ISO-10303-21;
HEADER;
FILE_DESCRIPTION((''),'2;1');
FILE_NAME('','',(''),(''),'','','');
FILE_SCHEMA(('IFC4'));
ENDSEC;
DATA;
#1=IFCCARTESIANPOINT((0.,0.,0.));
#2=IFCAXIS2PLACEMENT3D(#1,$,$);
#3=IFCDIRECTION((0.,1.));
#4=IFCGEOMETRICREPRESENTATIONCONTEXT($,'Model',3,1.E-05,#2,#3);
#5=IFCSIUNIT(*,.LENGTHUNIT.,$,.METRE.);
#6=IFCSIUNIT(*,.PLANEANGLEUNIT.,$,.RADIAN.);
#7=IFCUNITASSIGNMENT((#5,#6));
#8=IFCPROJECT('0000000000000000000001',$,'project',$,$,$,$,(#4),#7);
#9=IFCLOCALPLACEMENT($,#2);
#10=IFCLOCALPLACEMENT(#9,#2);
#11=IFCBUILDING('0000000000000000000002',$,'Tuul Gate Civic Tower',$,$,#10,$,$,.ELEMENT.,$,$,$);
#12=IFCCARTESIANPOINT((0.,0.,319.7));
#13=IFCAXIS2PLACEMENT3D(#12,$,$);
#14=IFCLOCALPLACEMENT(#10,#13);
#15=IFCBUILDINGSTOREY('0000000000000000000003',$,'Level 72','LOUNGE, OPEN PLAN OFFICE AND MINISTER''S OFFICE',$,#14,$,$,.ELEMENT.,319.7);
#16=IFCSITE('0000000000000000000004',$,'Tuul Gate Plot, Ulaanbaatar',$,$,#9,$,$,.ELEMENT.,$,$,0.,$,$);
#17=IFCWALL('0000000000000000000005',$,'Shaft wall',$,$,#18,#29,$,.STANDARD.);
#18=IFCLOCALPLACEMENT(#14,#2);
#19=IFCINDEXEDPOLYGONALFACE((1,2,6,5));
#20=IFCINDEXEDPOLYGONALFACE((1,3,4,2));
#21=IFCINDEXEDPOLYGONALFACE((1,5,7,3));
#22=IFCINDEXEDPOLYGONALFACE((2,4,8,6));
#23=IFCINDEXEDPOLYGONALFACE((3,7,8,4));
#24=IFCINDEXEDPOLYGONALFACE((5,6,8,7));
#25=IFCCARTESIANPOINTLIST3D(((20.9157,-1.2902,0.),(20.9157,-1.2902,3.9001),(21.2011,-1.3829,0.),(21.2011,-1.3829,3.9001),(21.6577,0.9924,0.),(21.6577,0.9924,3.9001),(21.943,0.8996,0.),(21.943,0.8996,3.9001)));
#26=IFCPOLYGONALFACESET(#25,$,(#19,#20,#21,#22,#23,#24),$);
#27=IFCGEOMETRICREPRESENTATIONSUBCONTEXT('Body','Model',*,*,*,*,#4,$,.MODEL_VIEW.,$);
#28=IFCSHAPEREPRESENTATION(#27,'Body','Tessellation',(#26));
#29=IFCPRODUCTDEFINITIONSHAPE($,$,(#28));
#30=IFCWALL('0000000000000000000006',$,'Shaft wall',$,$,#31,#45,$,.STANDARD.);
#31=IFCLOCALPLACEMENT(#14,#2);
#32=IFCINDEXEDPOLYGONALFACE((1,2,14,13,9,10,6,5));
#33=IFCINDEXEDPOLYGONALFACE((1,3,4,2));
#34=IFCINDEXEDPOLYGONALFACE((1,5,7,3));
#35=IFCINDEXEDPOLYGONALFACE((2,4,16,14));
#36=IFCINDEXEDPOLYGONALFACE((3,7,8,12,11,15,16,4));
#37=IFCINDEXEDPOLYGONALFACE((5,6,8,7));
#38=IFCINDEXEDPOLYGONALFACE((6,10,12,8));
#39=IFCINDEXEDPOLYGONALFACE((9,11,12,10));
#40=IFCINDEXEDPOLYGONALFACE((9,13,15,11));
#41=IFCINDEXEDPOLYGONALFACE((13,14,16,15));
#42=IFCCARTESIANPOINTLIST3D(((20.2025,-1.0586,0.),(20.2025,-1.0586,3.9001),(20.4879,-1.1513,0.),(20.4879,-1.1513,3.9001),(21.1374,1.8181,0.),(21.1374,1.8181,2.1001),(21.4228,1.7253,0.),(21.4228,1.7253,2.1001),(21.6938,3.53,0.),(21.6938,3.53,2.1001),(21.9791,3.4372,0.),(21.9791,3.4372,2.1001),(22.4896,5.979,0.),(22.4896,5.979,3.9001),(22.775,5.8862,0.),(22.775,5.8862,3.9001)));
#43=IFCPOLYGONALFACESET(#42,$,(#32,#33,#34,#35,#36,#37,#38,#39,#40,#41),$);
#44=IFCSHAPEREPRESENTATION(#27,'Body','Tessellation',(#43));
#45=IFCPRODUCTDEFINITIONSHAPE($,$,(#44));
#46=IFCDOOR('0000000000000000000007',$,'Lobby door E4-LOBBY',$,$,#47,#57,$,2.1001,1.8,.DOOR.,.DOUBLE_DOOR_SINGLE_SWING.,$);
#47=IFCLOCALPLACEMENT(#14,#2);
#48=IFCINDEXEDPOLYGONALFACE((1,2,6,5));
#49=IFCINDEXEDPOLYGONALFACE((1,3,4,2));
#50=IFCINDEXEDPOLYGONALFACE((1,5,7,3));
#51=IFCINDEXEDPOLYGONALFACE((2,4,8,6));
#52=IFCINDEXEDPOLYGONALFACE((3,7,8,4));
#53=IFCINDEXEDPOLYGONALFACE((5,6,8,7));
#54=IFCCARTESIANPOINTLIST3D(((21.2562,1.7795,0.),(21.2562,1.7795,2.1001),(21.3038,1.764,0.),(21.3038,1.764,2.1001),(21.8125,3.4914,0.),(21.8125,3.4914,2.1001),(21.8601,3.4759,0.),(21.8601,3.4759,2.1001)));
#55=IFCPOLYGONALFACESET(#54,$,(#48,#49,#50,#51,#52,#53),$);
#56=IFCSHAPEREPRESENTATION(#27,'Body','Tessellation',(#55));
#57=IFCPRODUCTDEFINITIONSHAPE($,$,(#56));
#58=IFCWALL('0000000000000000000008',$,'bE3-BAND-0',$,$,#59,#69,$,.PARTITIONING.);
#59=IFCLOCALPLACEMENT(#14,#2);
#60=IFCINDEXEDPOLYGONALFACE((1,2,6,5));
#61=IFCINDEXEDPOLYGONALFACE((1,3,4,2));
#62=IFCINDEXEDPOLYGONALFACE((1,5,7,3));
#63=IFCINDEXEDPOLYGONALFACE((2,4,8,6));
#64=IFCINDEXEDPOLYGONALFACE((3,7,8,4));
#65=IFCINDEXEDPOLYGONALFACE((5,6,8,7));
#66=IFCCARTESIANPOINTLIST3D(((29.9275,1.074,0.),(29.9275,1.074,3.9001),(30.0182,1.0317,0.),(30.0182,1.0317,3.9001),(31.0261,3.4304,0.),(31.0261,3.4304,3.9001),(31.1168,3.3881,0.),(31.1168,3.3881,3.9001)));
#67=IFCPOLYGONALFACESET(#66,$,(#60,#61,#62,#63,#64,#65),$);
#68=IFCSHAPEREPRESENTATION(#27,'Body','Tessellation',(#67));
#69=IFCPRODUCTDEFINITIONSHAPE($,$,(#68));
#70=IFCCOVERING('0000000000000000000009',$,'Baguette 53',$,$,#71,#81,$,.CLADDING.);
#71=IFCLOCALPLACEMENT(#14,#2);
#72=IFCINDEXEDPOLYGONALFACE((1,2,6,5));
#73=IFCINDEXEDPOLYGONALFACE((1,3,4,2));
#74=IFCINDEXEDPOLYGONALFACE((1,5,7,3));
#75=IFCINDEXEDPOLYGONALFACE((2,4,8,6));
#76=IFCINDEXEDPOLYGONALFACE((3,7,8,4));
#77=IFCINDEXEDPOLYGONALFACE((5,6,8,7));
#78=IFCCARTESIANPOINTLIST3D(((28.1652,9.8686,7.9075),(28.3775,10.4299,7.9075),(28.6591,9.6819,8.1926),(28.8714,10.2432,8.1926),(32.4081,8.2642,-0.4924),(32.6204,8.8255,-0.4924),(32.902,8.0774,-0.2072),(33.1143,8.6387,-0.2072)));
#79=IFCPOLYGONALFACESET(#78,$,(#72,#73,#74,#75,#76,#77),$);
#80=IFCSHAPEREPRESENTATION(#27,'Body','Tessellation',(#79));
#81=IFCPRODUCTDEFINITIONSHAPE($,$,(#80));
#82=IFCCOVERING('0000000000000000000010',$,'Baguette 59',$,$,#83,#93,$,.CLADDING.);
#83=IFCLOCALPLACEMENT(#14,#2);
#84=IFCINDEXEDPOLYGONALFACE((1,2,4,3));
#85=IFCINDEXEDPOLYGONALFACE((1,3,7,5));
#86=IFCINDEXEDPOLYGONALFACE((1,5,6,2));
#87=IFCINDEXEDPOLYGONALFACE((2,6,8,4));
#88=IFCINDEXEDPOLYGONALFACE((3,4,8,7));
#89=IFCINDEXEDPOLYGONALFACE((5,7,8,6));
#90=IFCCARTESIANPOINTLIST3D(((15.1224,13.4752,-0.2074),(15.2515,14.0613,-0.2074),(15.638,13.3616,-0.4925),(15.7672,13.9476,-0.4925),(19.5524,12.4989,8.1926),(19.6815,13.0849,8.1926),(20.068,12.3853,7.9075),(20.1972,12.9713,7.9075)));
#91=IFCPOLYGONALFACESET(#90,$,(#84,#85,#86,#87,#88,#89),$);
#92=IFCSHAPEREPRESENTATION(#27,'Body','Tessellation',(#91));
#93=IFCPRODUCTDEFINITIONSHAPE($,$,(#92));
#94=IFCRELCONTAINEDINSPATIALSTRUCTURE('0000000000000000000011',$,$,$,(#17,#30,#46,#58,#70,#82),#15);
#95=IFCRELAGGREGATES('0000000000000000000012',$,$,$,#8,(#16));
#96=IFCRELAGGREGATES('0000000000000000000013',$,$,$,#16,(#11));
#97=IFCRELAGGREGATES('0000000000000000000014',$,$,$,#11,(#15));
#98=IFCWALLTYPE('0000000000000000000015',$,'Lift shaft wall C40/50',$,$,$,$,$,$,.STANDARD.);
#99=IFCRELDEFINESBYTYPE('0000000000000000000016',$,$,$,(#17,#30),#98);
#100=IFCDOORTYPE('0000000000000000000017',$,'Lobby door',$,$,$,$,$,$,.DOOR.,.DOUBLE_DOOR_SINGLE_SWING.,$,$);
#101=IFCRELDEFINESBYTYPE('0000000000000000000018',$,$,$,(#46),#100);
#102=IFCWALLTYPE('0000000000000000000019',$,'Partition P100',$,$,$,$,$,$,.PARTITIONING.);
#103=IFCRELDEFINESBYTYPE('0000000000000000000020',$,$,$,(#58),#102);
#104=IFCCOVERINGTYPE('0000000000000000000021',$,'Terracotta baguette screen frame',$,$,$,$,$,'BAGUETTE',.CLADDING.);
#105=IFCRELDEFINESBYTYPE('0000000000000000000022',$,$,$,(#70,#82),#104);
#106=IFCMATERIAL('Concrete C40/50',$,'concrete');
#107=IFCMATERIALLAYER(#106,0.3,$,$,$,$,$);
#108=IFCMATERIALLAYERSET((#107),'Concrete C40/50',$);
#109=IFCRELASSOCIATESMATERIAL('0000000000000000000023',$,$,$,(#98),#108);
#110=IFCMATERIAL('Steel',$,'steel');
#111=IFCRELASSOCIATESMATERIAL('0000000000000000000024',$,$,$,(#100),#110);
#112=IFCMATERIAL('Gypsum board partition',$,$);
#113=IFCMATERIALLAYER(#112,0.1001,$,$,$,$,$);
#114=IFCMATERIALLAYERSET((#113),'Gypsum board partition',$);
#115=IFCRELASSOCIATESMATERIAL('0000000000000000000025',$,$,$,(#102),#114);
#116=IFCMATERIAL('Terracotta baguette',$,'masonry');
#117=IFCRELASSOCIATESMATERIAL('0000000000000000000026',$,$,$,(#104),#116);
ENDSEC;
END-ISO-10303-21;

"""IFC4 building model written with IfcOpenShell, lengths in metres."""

from ifc_helpers import new_model, si_unit, direction, frame, frame_2d, origin, origin_2d, place, context, subcontext, project, spatial, rectangle, extrude, material, layer, layer_set, material_profile, profile_set, type_object, element, fill, save


model = new_model("IFC4")

# Units and contexts
model_context = context("Model", 3, precision=1e-05, world=origin(), true_north=direction((0.0, 1.0)))
body_context = subcontext(model_context, "Body", "Model", "MODEL_VIEW")
ifc_project = project(units=[si_unit("LENGTHUNIT", "METRE"), si_unit("PLANEANGLEUNIT", "RADIAN")], contexts=[model_context])

# Site, building, storey
site_placement = place(None, origin())
site = spatial("IfcSite", under=ifc_project, at=site_placement, Name="Tuul Gate Plot, Ulaanbaatar", CompositionType="ELEMENT", RefElevation=0.0)
building_placement = place(site_placement, origin())
building = spatial("IfcBuilding", under=site, at=building_placement, Name="Tuul Gate Civic Tower", CompositionType="ELEMENT")
storey_placement = place(building_placement, frame((0.0, 0.0, 319.7)))
storey = spatial("IfcBuildingStorey", under=building, at=storey_placement, Name="Level 72", Description="LOUNGE, OPEN PLAN OFFICE AND MINISTER'S OFFICE", CompositionType="ELEMENT", Elevation=319.7)

# Shared definitions
ifc_material_1 = material(Name="Concrete C40/50", Category="concrete")
ifc_layer_1 = layer(ifc_material_1, 0.3)
ifc_layer_set_1 = layer_set([ifc_layer_1], Name="Concrete C40/50")
wall_type_1 = type_object("IfcWallType", Name="Lift shaft wall C40/50", PredefinedType="STANDARD", material=ifc_layer_set_1)

# Wall
for number, where, z_axis, x_axis, name in (
    (1, (21.0583, -1.3367, 0.0), (0.0, 0.0, 1.0), (0.309139, 0.951017, 0.0), "Shaft wall"),
):
    element("IfcWall", number, at=place(storey_placement, frame(where, z_axis=z_axis, x_axis=x_axis)), inside=storey, type_object=wall_type_1, Name=name, PredefinedType="STANDARD", context=body_context, shape_type="SweptSolid", body=[
        extrude(rectangle(XDim=2.4001, YDim=0.3, at=frame_2d((1.2002, 0.0))), origin(), (0.0, 0.0, 1.0), 3.9001),
    ])

# Wall, opening, door
wall_1_placement = place(storey_placement, frame((20.3452, -1.105, 0.0), z_axis=(0.0, 0.0, 1.0), x_axis=(0.309073, 0.951038, 0.0)))
wall_1 = element("IfcWall", 2, at=wall_1_placement, inside=storey, type_object=wall_type_1, Name="Shaft wall", PredefinedType="STANDARD", context=body_context, shape_type="SweptSolid", body=[
    extrude(rectangle(XDim=7.3999, YDim=0.3, at=frame_2d((3.7, 0.0))), origin(), (0.0, 0.0, 1.0), 3.9001),
])
opening_1_placement = place(wall_1_placement, frame((3.0249, 0.0, 0.0)))
opening_1 = element("IfcOpeningElement", 3, at=opening_1_placement, cuts=wall_1, PredefinedType="OPENING", context=body_context, shape_type="SweptSolid", body=[
    extrude(rectangle(XDim=1.8, YDim=2.1001, at=frame_2d((0.8999, 1.05))), frame((0.0, 0.1602, 0.0), z_axis=(0.0, -1.0, 0.0), x_axis=(1.0, 0.0, 0.0)), (0.0, 0.0, 1.0), 0.3201),
])
ifc_material_2 = material(Name="Steel", Category="steel")
door_type_1 = type_object("IfcDoorType", Name="Lobby door", OperationType="DOUBLE_DOOR_SINGLE_SWING", PredefinedType="DOOR", material=ifc_material_2)
door_1_placement = place(opening_1_placement, frame((1.8, 0.0, 0.0), z_axis=(0.0, 0.0, 1.0), x_axis=(-1.0, 0.0, 0.0)))
door_1 = element("IfcDoor", 4, at=door_1_placement, inside=storey, type_object=door_type_1, Name="Lobby door E4-LOBBY", OperationType="DOUBLE_DOOR_SINGLE_SWING", OverallHeight=2.1001, OverallWidth=1.8, PredefinedType="DOOR", context=body_context, shape_type="SweptSolid", body=[
    extrude(rectangle(XDim=1.8, YDim=2.1001, at=frame_2d((0.9001, 1.05))), frame((0.0, 0.0249, 0.0), z_axis=(0.0, -1.0, 0.0), x_axis=(1.0, 0.0, 0.0)), (0.0, 0.0, 1.0), 0.05),
])
fill(opening_1, door_1)

# Wall
ifc_material_3 = material(Name="Gypsum board partition")
ifc_layer_2 = layer(ifc_material_3, 0.1001)
ifc_layer_set_2 = layer_set([ifc_layer_2], Name="Gypsum board partition")
wall_type_2 = type_object("IfcWallType", Name="Partition P100", PredefinedType="PARTITIONING", material=ifc_layer_set_2)
wall_2_placement = place(storey_placement, frame((29.9729, 1.053, 0.0), z_axis=(0.0, 0.0, 1.0), x_axis=(0.422556, 0.906337, 0.0)))
element("IfcWall", 5, at=wall_2_placement, inside=storey, type_object=wall_type_2, Name="bE3-BAND-0", PredefinedType="PARTITIONING", context=body_context, shape_type="SweptSolid", body=[
    extrude(rectangle(XDim=2.5999, YDim=0.1001, at=frame_2d((1.2998, 0.0))), origin(), (0.0, 0.0, 1.0), 3.9001),
])

# Coverings
ifc_material_4 = material(Name="Terracotta baguette", Category="masonry")
ifc_material_profile_1 = material_profile(ifc_material_4, rectangle(XDim=0.6001, YDim=0.6001, at=origin_2d()), Name="Terracotta baguette screen frame")
ifc_profile_set_1 = profile_set([ifc_material_profile_1], Name="Terracotta baguette")
covering_type = type_object("IfcCoveringType", Name="Terracotta baguette screen frame", ElementType="BAGUETTE", PredefinedType="CLADDING", material=ifc_profile_set_1)
covering_1_placement = place(storey_placement, frame((28.5183, 10.0559, 8.05), z_axis=(0.444449, -0.168072, -0.879896), x_axis=(0.353711, 0.935355, 0.0)))
element("IfcCovering", 6, at=covering_1_placement, inside=storey, type_object=covering_type, Name="Baguette 53", PredefinedType="CLADDING", context=body_context, shape_type="SweptSolid", body=[
    extrude(rectangle(XDim=0.6001, YDim=0.6001, at=origin_2d()), origin(), (0.0, 0.0, 1.0), 9.5464),
])
covering_2_placement = place(storey_placement, frame((19.8748, 12.7351, 8.05), z_axis=(-0.464037, 0.10227, -0.879892), x_axis=(-0.215226, -0.976564, 0.0)))
element("IfcCovering", 7, at=covering_2_placement, inside=storey, type_object=covering_type, Name="Baguette 59", PredefinedType="CLADDING", context=body_context, shape_type="SweptSolid", body=[
    extrude(rectangle(XDim=0.6001, YDim=0.6001, at=origin_2d()), origin(), (0.0, 0.0, 1.0), 9.5466),
])

save(model, "model.ifc")
